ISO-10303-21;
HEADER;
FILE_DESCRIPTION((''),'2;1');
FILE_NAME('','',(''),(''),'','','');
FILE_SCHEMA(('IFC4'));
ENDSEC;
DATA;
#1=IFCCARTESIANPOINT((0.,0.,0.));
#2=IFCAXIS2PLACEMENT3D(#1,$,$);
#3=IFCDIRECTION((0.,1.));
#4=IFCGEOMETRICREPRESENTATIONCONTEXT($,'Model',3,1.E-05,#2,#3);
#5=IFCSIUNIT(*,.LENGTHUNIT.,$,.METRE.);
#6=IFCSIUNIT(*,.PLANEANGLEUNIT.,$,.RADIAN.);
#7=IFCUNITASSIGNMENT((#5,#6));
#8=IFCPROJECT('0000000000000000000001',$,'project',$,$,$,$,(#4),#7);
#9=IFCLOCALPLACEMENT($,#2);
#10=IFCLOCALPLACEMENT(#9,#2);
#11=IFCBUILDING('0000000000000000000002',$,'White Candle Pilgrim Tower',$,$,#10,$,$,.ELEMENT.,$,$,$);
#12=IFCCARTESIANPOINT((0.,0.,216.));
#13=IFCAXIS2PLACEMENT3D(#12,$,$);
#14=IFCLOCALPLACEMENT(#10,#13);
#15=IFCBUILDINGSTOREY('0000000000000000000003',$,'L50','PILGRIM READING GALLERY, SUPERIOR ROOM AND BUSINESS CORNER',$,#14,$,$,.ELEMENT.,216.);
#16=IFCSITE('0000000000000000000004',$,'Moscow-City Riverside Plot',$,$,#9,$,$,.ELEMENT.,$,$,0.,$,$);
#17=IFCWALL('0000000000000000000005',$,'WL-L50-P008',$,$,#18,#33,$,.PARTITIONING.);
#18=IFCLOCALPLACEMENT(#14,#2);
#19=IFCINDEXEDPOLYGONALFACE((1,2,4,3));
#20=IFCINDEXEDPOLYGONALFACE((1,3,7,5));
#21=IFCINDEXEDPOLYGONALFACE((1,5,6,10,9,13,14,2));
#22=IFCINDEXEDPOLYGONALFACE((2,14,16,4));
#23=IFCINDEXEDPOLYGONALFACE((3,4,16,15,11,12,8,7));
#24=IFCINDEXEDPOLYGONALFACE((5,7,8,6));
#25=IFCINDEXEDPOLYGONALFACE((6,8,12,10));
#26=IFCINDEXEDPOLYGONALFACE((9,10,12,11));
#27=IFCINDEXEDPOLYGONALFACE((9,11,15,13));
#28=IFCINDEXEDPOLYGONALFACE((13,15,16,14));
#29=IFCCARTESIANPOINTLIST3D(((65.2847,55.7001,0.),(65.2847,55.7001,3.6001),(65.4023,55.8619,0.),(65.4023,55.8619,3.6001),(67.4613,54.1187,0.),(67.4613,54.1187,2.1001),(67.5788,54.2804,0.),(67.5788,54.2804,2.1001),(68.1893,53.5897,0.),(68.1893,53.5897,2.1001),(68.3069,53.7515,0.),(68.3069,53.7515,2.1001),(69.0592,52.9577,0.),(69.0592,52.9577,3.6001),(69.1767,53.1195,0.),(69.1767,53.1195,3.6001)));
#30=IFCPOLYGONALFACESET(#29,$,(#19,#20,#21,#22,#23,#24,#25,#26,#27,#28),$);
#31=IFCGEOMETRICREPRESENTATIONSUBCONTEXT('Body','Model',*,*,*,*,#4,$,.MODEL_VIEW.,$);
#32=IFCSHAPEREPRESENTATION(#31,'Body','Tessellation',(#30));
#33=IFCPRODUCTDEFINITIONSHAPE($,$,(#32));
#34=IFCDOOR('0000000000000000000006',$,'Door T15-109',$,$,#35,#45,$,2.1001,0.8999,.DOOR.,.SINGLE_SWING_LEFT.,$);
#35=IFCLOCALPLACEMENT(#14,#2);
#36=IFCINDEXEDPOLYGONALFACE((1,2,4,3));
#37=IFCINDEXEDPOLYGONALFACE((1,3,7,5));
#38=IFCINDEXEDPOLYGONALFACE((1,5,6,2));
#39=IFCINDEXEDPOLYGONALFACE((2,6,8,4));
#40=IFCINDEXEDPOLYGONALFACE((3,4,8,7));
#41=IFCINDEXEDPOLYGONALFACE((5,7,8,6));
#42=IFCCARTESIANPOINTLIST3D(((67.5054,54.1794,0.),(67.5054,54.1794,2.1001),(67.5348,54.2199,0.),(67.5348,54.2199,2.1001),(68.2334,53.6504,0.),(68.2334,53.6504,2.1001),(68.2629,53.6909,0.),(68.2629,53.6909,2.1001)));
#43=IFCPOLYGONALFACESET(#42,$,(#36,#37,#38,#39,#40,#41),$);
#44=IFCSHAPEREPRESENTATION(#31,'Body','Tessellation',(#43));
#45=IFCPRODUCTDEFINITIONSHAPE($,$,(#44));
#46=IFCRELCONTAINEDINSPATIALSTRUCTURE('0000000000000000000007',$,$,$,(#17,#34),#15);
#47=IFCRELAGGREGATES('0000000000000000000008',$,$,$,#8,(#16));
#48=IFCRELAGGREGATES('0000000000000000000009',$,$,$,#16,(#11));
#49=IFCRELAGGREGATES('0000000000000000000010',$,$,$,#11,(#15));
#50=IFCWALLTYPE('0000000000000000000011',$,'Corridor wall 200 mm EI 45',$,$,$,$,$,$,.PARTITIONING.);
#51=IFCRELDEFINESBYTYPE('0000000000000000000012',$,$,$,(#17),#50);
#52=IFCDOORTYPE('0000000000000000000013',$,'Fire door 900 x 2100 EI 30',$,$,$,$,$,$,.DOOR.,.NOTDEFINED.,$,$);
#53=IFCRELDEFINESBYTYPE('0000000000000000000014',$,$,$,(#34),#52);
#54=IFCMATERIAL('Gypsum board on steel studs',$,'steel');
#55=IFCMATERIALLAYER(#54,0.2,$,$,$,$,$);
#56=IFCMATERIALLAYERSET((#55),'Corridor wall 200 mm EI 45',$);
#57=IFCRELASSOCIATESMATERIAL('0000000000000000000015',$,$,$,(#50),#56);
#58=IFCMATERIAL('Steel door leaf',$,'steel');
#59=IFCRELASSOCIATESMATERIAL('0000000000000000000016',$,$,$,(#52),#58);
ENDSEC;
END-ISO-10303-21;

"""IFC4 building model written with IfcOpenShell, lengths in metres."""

from ifc_helpers import new_model, si_unit, direction, frame, frame_2d, origin, place, context, subcontext, project, spatial, rectangle, extrude, material, layer, layer_set, type_object, element, fill, save


model = new_model("IFC4")

# Units and contexts
model_context = context("Model", 3, precision=1e-05, world=origin(), true_north=direction((0.0, 1.0)))
body_context = subcontext(model_context, "Body", "Model", "MODEL_VIEW")
ifc_project = project(units=[si_unit("LENGTHUNIT", "METRE"), si_unit("PLANEANGLEUNIT", "RADIAN")], contexts=[model_context])

# Site, building, storey
site_placement = place(None, origin())
site = spatial("IfcSite", under=ifc_project, at=site_placement, Name="Moscow-City Riverside Plot", CompositionType="ELEMENT", RefElevation=0.0)
building_placement = place(site_placement, origin())
building = spatial("IfcBuilding", under=site, at=building_placement, Name="White Candle Pilgrim Tower", CompositionType="ELEMENT")
storey_placement = place(building_placement, frame((0.0, 0.0, 216.0)))
storey = spatial("IfcBuildingStorey", under=building, at=storey_placement, Name="L50", Description="PILGRIM READING GALLERY, SUPERIOR ROOM AND BUSINESS CORNER", CompositionType="ELEMENT", Elevation=216.0)

# Wall, opening, door
ifc_material_1 = material(Name="Gypsum board on steel studs", Category="steel")
ifc_layer_1 = layer(ifc_material_1, 0.2)
ifc_layer_set_1 = layer_set([ifc_layer_1], Name="Corridor wall 200 mm EI 45")
wall_type_1 = type_object("IfcWallType", Name="Corridor wall 200 mm EI 45", PredefinedType="PARTITIONING", material=ifc_layer_set_1)
ifc_material_2 = material(Name="Steel door leaf", Category="steel")
door_type_1 = type_object("IfcDoorType", Name="Fire door 900 x 2100 EI 30", OperationType="NOTDEFINED", PredefinedType="DOOR", material=ifc_material_2)
wall_1_placement = place(storey_placement, frame((69.1179, 53.0386, 0.0), z_axis=(0.0, 0.0, 1.0), x_axis=(-0.809001, 0.587808, 0.0)))
wall_1 = element("IfcWall", 1, at=wall_1_placement, inside=storey, type_object=wall_type_1, Name="WL-L50-P008", PredefinedType="PARTITIONING", context=body_context, shape_type="SweptSolid", body=[
    extrude(rectangle(XDim=4.6655, YDim=0.2, at=frame_2d((2.3328, 0.0))), origin(), (0.0, 0.0, 1.0), 3.6001),
])
opening_1_placement = place(wall_1_placement, frame((1.0752, 0.0, 0.0)))
opening_1 = element("IfcOpeningElement", 2, at=opening_1_placement, cuts=wall_1, PredefinedType="OPENING", context=body_context, shape_type="SweptSolid", body=[
    extrude(rectangle(XDim=0.8999, YDim=2.1001, at=frame_2d((0.45, 1.05))), frame((0.0, 0.1099, 0.0), z_axis=(0.0, -1.0, 0.0), x_axis=(1.0, 0.0, 0.0)), (0.0, 0.0, 1.0), 0.22),
])
door_1_placement = place(opening_1_placement, origin())
door_1 = element("IfcDoor", 3, at=door_1_placement, inside=storey, type_object=door_type_1, Name="Door T15-109", OperationType="SINGLE_SWING_LEFT", OverallHeight=2.1001, OverallWidth=0.8999, PredefinedType="DOOR", context=body_context, shape_type="SweptSolid", body=[
    extrude(rectangle(XDim=0.8999, YDim=2.1001, at=frame_2d((0.45, 1.05))), frame((0.0, 0.0249, 0.0), z_axis=(0.0, -1.0, 0.0), x_axis=(1.0, 0.0, 0.0)), (0.0, 0.0, 1.0), 0.05),
])
fill(opening_1, door_1)

save(model, "model.ifc")
